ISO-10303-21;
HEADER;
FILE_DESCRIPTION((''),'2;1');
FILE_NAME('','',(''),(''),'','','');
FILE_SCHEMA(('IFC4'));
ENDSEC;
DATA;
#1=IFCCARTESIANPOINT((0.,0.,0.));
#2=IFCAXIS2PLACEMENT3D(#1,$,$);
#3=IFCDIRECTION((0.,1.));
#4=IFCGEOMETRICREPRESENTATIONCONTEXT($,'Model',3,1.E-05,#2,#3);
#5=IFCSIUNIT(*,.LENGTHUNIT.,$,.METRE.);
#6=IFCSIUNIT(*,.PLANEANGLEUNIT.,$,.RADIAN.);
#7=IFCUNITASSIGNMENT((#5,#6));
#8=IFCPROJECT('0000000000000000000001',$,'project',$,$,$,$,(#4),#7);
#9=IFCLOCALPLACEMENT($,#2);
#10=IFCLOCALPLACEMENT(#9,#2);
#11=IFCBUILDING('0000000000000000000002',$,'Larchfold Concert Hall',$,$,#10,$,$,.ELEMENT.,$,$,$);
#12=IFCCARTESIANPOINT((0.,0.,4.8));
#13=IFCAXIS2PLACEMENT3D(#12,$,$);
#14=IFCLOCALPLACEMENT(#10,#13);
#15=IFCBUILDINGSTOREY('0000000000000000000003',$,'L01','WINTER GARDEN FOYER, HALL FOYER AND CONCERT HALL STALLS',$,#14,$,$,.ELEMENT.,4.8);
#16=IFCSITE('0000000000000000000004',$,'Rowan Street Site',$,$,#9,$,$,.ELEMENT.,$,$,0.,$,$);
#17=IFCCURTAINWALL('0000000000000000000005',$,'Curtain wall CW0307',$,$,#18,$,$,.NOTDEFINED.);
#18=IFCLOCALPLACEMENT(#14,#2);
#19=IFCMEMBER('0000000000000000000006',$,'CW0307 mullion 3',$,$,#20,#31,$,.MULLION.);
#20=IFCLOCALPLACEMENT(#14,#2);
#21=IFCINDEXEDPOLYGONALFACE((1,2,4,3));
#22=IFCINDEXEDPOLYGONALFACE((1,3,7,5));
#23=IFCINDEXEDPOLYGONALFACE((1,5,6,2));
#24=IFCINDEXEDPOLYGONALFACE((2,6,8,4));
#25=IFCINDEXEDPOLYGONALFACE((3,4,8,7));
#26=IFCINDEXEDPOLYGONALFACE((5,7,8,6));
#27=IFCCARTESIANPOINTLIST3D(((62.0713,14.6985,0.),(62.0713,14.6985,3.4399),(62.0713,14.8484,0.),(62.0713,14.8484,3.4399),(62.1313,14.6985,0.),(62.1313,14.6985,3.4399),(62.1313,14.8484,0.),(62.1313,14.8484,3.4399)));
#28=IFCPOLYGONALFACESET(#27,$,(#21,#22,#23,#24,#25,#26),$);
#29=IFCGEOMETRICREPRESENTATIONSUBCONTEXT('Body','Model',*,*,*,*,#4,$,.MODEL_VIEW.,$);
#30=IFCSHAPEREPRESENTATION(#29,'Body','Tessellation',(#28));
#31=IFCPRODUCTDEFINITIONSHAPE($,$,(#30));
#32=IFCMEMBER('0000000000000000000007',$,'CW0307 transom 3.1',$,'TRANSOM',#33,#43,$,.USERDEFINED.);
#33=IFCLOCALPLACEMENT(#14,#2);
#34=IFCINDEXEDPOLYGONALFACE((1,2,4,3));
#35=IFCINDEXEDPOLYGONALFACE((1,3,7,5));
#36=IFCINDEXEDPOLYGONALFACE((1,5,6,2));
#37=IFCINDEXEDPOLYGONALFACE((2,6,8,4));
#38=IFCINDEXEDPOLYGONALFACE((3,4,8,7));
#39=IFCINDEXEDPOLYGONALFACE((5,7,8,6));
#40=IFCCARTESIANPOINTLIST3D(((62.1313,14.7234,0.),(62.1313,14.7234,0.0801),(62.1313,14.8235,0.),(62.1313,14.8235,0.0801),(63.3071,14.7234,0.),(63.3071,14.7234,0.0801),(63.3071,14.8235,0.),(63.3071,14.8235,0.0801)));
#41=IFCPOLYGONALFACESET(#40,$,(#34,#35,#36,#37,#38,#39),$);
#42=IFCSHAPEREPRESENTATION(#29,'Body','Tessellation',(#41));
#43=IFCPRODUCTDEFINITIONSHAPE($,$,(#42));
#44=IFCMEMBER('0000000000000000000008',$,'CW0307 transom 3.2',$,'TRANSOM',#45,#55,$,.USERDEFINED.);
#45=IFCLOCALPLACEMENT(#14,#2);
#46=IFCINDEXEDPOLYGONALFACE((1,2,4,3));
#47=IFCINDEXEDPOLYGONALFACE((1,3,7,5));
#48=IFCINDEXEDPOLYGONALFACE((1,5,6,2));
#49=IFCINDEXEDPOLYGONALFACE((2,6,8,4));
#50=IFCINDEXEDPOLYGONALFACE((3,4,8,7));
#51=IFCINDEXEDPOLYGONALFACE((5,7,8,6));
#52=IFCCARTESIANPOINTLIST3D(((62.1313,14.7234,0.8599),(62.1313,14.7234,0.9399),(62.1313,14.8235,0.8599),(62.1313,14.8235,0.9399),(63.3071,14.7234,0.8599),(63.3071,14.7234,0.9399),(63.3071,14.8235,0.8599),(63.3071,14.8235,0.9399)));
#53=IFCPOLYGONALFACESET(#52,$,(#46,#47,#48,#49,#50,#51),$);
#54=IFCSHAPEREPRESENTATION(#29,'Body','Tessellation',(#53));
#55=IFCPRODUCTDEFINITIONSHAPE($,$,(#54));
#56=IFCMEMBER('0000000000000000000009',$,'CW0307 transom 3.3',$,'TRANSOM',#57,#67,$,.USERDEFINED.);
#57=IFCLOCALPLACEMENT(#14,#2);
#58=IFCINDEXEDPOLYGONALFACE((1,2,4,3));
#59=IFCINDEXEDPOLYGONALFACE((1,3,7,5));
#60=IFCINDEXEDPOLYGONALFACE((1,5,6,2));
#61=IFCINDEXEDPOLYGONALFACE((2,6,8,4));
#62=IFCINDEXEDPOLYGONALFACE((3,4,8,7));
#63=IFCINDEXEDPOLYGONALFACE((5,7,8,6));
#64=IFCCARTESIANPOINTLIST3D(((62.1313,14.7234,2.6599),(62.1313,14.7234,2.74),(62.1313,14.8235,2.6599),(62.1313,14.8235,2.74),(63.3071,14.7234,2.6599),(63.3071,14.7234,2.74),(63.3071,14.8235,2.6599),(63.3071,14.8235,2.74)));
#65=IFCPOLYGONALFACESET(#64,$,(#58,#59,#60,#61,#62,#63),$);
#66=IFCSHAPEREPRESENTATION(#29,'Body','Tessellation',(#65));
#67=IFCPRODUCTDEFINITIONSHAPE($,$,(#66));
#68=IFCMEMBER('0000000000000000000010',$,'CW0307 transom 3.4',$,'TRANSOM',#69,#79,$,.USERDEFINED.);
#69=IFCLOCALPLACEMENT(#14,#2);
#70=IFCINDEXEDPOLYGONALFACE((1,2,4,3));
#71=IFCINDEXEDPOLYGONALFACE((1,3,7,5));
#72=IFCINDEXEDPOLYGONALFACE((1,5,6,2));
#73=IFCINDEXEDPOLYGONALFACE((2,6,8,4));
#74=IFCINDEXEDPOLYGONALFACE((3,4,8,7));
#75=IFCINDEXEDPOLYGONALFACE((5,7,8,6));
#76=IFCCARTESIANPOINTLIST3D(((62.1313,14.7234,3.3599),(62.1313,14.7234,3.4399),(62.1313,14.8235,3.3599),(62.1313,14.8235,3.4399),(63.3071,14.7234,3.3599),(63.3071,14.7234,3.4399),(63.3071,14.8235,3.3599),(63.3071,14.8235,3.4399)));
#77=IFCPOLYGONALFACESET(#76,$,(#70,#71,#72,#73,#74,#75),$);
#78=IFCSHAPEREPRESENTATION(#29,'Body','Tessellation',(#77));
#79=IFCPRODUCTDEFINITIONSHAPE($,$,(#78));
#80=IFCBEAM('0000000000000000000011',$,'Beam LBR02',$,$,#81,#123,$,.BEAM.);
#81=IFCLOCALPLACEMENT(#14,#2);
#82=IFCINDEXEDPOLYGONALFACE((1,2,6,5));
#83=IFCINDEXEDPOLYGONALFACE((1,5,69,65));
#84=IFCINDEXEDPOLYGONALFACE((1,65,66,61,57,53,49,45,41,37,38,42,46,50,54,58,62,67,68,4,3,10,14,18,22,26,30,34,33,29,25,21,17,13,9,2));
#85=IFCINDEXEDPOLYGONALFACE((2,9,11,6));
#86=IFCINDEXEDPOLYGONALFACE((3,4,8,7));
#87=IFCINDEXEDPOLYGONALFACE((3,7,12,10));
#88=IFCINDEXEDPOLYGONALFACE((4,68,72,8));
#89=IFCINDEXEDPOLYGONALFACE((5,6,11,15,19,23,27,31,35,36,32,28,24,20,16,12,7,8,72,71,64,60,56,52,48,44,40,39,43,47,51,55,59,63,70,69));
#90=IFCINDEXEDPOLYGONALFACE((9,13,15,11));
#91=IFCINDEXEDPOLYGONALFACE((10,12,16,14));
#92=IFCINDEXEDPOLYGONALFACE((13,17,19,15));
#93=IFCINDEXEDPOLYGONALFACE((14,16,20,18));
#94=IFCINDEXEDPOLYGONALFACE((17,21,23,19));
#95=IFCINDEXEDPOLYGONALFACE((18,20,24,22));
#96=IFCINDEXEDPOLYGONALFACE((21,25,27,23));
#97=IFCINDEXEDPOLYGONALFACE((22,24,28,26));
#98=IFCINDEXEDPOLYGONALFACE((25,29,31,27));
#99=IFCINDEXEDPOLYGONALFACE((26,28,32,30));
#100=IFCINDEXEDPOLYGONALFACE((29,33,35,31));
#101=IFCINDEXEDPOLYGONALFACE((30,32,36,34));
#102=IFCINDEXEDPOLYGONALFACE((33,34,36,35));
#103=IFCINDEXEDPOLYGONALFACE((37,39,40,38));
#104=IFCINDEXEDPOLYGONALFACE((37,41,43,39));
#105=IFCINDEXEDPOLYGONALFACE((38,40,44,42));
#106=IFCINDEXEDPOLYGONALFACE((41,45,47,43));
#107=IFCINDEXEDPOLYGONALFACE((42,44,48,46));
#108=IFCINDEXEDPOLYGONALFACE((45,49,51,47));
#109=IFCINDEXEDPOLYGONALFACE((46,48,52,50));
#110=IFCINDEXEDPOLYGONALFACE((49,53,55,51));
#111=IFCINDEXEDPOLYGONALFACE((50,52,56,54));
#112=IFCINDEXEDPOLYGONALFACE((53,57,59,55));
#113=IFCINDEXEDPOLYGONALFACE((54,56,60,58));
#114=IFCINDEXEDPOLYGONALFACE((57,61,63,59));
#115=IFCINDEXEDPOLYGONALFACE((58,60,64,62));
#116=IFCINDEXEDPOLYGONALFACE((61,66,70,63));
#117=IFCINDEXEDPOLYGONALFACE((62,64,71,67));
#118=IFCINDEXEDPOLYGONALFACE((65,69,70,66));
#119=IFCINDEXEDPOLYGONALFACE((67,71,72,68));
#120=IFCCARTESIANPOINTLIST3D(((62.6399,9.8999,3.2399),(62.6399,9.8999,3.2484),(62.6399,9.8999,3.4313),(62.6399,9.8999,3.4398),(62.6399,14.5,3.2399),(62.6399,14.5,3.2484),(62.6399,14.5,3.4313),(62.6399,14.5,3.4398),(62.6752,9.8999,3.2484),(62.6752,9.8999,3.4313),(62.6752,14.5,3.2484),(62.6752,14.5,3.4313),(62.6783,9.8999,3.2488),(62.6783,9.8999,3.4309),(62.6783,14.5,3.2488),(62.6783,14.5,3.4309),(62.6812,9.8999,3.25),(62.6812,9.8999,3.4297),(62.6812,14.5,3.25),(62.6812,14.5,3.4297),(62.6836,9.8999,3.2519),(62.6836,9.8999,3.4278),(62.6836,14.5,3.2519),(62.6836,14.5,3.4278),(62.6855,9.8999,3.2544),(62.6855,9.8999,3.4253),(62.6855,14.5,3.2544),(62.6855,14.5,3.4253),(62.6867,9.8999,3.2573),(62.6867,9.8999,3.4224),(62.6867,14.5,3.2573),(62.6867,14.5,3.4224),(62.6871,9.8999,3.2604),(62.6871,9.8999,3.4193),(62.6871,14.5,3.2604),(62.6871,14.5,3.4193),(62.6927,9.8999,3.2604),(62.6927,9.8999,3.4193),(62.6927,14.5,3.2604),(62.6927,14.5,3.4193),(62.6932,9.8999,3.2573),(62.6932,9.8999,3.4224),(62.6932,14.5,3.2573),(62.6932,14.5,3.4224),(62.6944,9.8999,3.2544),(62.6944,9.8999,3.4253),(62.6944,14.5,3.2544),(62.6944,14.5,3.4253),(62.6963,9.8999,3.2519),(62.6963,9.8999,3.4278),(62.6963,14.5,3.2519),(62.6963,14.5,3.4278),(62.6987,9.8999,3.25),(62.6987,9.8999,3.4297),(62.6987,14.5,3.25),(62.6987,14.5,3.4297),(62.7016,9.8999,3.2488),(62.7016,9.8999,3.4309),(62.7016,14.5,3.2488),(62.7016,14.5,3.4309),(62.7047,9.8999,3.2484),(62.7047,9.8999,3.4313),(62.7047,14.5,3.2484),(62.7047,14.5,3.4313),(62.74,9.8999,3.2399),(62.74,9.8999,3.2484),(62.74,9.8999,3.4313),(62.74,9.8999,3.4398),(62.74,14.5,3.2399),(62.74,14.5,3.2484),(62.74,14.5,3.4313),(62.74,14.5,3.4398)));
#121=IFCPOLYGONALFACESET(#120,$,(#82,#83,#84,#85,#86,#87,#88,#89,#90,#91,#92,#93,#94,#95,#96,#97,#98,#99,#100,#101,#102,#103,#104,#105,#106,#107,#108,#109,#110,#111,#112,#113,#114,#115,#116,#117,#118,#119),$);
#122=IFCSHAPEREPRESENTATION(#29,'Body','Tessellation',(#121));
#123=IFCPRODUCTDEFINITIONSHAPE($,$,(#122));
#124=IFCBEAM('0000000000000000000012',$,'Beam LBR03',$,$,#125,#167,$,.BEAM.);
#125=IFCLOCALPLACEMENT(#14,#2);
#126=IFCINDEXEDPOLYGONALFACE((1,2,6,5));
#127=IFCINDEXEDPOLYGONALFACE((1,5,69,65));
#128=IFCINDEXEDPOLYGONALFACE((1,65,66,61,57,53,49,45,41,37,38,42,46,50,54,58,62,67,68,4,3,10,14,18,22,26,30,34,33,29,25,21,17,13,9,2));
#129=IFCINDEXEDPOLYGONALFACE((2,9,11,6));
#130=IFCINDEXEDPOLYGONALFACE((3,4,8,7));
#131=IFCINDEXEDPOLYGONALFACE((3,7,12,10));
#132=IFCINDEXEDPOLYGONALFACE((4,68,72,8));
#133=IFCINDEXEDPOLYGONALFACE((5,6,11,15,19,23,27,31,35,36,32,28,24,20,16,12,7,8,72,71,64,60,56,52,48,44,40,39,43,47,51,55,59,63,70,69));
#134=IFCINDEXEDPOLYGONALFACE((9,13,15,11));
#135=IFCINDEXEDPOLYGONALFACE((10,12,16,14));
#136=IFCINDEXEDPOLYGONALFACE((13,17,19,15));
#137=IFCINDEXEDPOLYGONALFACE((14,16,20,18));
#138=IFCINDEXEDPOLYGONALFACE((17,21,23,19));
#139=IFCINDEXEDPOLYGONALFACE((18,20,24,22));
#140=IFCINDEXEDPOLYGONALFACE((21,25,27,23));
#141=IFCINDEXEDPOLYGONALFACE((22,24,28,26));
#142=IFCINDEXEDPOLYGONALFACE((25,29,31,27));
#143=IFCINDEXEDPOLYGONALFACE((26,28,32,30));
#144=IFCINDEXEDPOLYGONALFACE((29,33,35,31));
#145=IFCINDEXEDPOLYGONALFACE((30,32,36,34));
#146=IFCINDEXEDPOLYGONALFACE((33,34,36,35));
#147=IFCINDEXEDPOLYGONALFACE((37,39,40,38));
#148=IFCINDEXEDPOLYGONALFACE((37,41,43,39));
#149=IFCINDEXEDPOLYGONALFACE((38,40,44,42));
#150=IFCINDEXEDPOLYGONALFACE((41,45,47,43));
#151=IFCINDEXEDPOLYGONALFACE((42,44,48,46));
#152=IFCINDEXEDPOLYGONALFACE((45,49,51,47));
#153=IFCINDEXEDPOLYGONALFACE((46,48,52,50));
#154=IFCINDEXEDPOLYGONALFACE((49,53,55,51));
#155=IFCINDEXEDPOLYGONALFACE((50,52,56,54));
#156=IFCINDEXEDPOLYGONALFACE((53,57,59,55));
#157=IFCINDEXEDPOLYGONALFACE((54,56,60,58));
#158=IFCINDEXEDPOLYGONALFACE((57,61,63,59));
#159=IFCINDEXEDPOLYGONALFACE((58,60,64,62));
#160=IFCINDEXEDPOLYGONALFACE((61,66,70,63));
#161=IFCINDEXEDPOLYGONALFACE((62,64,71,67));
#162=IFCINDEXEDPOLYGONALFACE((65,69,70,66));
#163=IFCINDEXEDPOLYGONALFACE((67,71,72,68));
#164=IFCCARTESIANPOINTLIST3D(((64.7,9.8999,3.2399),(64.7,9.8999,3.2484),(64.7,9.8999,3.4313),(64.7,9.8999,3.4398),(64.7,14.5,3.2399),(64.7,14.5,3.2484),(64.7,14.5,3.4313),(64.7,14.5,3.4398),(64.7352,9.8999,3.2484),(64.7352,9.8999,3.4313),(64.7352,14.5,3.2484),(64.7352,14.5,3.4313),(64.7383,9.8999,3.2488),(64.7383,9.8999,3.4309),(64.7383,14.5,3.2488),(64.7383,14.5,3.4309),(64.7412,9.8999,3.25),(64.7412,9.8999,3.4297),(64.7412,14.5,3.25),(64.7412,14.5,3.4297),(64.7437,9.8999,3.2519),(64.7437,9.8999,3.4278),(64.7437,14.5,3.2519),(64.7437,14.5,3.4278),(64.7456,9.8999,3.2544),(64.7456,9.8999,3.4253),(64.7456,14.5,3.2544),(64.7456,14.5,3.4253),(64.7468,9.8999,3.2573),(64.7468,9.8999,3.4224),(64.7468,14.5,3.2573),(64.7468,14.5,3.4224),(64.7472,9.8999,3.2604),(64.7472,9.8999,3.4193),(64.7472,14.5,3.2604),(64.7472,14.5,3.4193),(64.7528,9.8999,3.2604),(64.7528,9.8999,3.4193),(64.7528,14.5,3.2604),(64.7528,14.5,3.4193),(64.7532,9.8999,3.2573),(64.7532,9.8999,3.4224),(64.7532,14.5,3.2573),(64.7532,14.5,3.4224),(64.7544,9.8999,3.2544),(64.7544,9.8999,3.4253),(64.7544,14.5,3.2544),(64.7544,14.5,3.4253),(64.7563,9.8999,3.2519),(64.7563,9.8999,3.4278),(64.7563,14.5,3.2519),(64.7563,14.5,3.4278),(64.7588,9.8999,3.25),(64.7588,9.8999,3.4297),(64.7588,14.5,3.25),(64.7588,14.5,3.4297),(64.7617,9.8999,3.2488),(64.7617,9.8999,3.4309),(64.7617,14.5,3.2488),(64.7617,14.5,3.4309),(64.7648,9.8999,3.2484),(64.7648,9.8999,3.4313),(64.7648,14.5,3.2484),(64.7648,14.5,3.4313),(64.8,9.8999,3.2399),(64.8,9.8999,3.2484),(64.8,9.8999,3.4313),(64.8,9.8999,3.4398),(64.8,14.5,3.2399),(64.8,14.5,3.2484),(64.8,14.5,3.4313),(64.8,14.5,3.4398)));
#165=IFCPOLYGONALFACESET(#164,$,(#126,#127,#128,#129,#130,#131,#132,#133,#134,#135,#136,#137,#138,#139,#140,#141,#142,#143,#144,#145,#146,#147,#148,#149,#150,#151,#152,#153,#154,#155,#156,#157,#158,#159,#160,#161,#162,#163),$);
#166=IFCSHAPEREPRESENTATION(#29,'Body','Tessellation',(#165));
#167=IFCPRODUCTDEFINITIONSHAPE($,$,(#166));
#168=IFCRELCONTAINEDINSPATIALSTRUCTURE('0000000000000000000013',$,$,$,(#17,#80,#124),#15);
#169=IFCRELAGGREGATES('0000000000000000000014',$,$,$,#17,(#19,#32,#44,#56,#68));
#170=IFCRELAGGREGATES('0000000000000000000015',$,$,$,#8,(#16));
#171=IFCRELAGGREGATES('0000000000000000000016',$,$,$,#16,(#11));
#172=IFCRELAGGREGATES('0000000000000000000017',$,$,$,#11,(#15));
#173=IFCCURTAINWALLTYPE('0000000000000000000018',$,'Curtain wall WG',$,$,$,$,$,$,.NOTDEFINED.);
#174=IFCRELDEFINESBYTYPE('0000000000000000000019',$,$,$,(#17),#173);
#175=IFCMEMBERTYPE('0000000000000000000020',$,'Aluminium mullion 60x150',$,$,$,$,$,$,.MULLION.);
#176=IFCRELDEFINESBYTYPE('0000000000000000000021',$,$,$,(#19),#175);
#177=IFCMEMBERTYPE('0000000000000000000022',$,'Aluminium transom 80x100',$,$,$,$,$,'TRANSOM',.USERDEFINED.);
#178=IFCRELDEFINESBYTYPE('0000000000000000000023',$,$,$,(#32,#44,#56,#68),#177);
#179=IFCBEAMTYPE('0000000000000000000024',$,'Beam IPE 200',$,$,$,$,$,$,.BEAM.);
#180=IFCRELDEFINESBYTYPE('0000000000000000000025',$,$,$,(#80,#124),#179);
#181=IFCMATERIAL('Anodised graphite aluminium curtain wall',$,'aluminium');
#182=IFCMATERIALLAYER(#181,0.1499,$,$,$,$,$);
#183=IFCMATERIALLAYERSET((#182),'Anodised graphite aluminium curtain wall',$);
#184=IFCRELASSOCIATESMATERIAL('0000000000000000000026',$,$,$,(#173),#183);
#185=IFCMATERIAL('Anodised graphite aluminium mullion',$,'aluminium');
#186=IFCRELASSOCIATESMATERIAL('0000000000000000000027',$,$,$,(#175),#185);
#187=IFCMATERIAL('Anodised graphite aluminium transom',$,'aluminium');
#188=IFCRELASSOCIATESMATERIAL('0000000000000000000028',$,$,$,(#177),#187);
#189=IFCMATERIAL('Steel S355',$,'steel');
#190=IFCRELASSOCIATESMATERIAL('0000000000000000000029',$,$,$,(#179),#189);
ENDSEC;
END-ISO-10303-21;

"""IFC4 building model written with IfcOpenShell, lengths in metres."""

from ifc_helpers import new_model, si_unit, direction, frame, origin, origin_2d, place, context, subcontext, project, spatial, rectangle, i_section, extrude, material, layer, layer_set, material_profile, profile_set, type_object, element, aggregate, save


model = new_model("IFC4")

# Units and contexts
model_context = context("Model", 3, precision=1e-05, world=origin(), true_north=direction((0.0, 1.0)))
body_context = subcontext(model_context, "Body", "Model", "MODEL_VIEW")
ifc_project = project(units=[si_unit("LENGTHUNIT", "METRE"), si_unit("PLANEANGLEUNIT", "RADIAN")], contexts=[model_context])

# Site, building, storey
site_placement = place(None, origin())
site = spatial("IfcSite", under=ifc_project, at=site_placement, Name="Rowan Street Site", CompositionType="ELEMENT", RefElevation=0.0)
building_placement = place(site_placement, origin())
building = spatial("IfcBuilding", under=site, at=building_placement, Name="Larchfold Concert Hall", CompositionType="ELEMENT")
storey_placement = place(building_placement, frame((0.0, 0.0, 4.8)))
storey = spatial("IfcBuildingStorey", under=building, at=storey_placement, Name="L01", Description="WINTER GARDEN FOYER, HALL FOYER AND CONCERT HALL STALLS", CompositionType="ELEMENT", Elevation=4.8)

# Curtain wall, members
ifc_material_1 = material(Name="Anodised graphite aluminium curtain wall", Category="aluminium")
ifc_layer = layer(ifc_material_1, 0.1499)
ifc_layer_set = layer_set([ifc_layer], Name="Anodised graphite aluminium curtain wall")
curtain_wall_type = type_object("IfcCurtainWallType", Name="Curtain wall WG", PredefinedType="NOTDEFINED", material=ifc_layer_set)
curtain_wall_placement = place(storey_placement, origin())
curtain_wall = element("IfcCurtainWall", 1, at=curtain_wall_placement, inside=storey, type_object=curtain_wall_type, Name="Curtain wall CW0307", PredefinedType="NOTDEFINED")
ifc_material_2 = material(Name="Anodised graphite aluminium mullion", Category="aluminium")
ifc_material_profile_1 = material_profile(ifc_material_2, rectangle(XDim=0.1499, YDim=0.0601, at=origin_2d()))
ifc_profile_set_1 = profile_set([ifc_material_profile_1], Name="Anodised graphite aluminium mullion")
member_type_1 = type_object("IfcMemberType", Name="Aluminium mullion 60x150", PredefinedType="MULLION", material=ifc_profile_set_1)
member_1_placement = place(storey_placement, frame((62.1013, 14.7734, 0.0), z_axis=(0.0, 0.0, 1.0), x_axis=(0.0, 1.0, 0.0)))
member_1 = element("IfcMember", 2, at=member_1_placement, type_object=member_type_1, Name="CW0307 mullion 3", PredefinedType="MULLION", context=body_context, shape_type="SweptSolid", body=[
    extrude(rectangle(XDim=0.1499, YDim=0.0601, at=origin_2d()), origin(), (0.0, 0.0, 1.0), 3.4399),
])
ifc_material_3 = material(Name="Anodised graphite aluminium transom", Category="aluminium")
ifc_material_profile_2 = material_profile(ifc_material_3, rectangle(XDim=0.1001, YDim=0.0801, at=origin_2d()))
ifc_profile_set_2 = profile_set([ifc_material_profile_2], Name="Anodised graphite aluminium transom")
member_type_2 = type_object("IfcMemberType", Name="Aluminium transom 80x100", ElementType="TRANSOM", PredefinedType="USERDEFINED", material=ifc_profile_set_2)
member_2_placement = place(storey_placement, frame((62.1313, 14.7734, 0.04), z_axis=(1.0, 0.0, 0.0), x_axis=(0.0, 1.0, 0.0)))
member_2 = element("IfcMember", 3, at=member_2_placement, type_object=member_type_2, Name="CW0307 transom 3.1", ObjectType="TRANSOM", PredefinedType="USERDEFINED", context=body_context, shape_type="SweptSolid", body=[
    extrude(rectangle(XDim=0.1001, YDim=0.0801, at=origin_2d()), origin(), (0.0, 0.0, 1.0), 1.1758),
])
member_3_placement = place(storey_placement, frame((62.1313, 14.7734, 0.8999), z_axis=(1.0, 0.0, 0.0), x_axis=(0.0, 1.0, 0.0)))
member_3 = element("IfcMember", 4, at=member_3_placement, type_object=member_type_2, Name="CW0307 transom 3.2", ObjectType="TRANSOM", PredefinedType="USERDEFINED", context=body_context, shape_type="SweptSolid", body=[
    extrude(rectangle(XDim=0.1001, YDim=0.0801, at=origin_2d()), origin(), (0.0, 0.0, 1.0), 1.1758),
])
member_4_placement = place(storey_placement, frame((62.1313, 14.7734, 2.7), z_axis=(1.0, 0.0, 0.0), x_axis=(0.0, 1.0, 0.0)))
member_4 = element("IfcMember", 5, at=member_4_placement, type_object=member_type_2, Name="CW0307 transom 3.3", ObjectType="TRANSOM", PredefinedType="USERDEFINED", context=body_context, shape_type="SweptSolid", body=[
    extrude(rectangle(XDim=0.1001, YDim=0.0801, at=origin_2d()), origin(), (0.0, 0.0, 1.0), 1.1758),
])
member_5_placement = place(storey_placement, frame((62.1313, 14.7734, 3.3999), z_axis=(1.0, 0.0, 0.0), x_axis=(0.0, 1.0, 0.0)))
member_5 = element("IfcMember", 6, at=member_5_placement, type_object=member_type_2, Name="CW0307 transom 3.4", ObjectType="TRANSOM", PredefinedType="USERDEFINED", context=body_context, shape_type="SweptSolid", body=[
    extrude(rectangle(XDim=0.1001, YDim=0.0801, at=origin_2d()), origin(), (0.0, 0.0, 1.0), 1.1758),
])
aggregate(curtain_wall, [member_1, member_2, member_3, member_4, member_5])

# Beams
ifc_material_4 = material(Name="Steel S355", Category="steel")
ifc_material_profile_3 = material_profile(ifc_material_4, i_section(OverallWidth=0.1001, OverallDepth=0.2, WebThickness=0.0056, FlangeThickness=0.0085, FilletRadius=0.012, at=origin_2d()))
ifc_profile_set_3 = profile_set([ifc_material_profile_3], Name="Steel S355")
beam_type_1 = type_object("IfcBeamType", Name="Beam IPE 200", PredefinedType="BEAM", material=ifc_profile_set_3)
for number, where, z_axis, x_axis, name in (
    (7, (62.6899, 9.8999, 3.3398), (0.0, 1.0, 0.0), (-1.0, 0.0, 0.0), "Beam LBR02"),
    (8, (64.75, 9.8999, 3.3398), (0.0, 1.0, 0.0), (-1.0, 0.0, 0.0), "Beam LBR03"),
):
    element("IfcBeam", number, at=place(storey_placement, frame(where, z_axis=z_axis, x_axis=x_axis)), inside=storey, type_object=beam_type_1, Name=name, PredefinedType="BEAM", context=body_context, shape_type="SweptSolid", body=[
        extrude(i_section(OverallWidth=0.1001, OverallDepth=0.2, WebThickness=0.0056, FlangeThickness=0.0085, FilletRadius=0.012, at=origin_2d()), origin(), (0.0, 0.0, 1.0), 4.6001),
    ])

save(model, "model.ifc")
